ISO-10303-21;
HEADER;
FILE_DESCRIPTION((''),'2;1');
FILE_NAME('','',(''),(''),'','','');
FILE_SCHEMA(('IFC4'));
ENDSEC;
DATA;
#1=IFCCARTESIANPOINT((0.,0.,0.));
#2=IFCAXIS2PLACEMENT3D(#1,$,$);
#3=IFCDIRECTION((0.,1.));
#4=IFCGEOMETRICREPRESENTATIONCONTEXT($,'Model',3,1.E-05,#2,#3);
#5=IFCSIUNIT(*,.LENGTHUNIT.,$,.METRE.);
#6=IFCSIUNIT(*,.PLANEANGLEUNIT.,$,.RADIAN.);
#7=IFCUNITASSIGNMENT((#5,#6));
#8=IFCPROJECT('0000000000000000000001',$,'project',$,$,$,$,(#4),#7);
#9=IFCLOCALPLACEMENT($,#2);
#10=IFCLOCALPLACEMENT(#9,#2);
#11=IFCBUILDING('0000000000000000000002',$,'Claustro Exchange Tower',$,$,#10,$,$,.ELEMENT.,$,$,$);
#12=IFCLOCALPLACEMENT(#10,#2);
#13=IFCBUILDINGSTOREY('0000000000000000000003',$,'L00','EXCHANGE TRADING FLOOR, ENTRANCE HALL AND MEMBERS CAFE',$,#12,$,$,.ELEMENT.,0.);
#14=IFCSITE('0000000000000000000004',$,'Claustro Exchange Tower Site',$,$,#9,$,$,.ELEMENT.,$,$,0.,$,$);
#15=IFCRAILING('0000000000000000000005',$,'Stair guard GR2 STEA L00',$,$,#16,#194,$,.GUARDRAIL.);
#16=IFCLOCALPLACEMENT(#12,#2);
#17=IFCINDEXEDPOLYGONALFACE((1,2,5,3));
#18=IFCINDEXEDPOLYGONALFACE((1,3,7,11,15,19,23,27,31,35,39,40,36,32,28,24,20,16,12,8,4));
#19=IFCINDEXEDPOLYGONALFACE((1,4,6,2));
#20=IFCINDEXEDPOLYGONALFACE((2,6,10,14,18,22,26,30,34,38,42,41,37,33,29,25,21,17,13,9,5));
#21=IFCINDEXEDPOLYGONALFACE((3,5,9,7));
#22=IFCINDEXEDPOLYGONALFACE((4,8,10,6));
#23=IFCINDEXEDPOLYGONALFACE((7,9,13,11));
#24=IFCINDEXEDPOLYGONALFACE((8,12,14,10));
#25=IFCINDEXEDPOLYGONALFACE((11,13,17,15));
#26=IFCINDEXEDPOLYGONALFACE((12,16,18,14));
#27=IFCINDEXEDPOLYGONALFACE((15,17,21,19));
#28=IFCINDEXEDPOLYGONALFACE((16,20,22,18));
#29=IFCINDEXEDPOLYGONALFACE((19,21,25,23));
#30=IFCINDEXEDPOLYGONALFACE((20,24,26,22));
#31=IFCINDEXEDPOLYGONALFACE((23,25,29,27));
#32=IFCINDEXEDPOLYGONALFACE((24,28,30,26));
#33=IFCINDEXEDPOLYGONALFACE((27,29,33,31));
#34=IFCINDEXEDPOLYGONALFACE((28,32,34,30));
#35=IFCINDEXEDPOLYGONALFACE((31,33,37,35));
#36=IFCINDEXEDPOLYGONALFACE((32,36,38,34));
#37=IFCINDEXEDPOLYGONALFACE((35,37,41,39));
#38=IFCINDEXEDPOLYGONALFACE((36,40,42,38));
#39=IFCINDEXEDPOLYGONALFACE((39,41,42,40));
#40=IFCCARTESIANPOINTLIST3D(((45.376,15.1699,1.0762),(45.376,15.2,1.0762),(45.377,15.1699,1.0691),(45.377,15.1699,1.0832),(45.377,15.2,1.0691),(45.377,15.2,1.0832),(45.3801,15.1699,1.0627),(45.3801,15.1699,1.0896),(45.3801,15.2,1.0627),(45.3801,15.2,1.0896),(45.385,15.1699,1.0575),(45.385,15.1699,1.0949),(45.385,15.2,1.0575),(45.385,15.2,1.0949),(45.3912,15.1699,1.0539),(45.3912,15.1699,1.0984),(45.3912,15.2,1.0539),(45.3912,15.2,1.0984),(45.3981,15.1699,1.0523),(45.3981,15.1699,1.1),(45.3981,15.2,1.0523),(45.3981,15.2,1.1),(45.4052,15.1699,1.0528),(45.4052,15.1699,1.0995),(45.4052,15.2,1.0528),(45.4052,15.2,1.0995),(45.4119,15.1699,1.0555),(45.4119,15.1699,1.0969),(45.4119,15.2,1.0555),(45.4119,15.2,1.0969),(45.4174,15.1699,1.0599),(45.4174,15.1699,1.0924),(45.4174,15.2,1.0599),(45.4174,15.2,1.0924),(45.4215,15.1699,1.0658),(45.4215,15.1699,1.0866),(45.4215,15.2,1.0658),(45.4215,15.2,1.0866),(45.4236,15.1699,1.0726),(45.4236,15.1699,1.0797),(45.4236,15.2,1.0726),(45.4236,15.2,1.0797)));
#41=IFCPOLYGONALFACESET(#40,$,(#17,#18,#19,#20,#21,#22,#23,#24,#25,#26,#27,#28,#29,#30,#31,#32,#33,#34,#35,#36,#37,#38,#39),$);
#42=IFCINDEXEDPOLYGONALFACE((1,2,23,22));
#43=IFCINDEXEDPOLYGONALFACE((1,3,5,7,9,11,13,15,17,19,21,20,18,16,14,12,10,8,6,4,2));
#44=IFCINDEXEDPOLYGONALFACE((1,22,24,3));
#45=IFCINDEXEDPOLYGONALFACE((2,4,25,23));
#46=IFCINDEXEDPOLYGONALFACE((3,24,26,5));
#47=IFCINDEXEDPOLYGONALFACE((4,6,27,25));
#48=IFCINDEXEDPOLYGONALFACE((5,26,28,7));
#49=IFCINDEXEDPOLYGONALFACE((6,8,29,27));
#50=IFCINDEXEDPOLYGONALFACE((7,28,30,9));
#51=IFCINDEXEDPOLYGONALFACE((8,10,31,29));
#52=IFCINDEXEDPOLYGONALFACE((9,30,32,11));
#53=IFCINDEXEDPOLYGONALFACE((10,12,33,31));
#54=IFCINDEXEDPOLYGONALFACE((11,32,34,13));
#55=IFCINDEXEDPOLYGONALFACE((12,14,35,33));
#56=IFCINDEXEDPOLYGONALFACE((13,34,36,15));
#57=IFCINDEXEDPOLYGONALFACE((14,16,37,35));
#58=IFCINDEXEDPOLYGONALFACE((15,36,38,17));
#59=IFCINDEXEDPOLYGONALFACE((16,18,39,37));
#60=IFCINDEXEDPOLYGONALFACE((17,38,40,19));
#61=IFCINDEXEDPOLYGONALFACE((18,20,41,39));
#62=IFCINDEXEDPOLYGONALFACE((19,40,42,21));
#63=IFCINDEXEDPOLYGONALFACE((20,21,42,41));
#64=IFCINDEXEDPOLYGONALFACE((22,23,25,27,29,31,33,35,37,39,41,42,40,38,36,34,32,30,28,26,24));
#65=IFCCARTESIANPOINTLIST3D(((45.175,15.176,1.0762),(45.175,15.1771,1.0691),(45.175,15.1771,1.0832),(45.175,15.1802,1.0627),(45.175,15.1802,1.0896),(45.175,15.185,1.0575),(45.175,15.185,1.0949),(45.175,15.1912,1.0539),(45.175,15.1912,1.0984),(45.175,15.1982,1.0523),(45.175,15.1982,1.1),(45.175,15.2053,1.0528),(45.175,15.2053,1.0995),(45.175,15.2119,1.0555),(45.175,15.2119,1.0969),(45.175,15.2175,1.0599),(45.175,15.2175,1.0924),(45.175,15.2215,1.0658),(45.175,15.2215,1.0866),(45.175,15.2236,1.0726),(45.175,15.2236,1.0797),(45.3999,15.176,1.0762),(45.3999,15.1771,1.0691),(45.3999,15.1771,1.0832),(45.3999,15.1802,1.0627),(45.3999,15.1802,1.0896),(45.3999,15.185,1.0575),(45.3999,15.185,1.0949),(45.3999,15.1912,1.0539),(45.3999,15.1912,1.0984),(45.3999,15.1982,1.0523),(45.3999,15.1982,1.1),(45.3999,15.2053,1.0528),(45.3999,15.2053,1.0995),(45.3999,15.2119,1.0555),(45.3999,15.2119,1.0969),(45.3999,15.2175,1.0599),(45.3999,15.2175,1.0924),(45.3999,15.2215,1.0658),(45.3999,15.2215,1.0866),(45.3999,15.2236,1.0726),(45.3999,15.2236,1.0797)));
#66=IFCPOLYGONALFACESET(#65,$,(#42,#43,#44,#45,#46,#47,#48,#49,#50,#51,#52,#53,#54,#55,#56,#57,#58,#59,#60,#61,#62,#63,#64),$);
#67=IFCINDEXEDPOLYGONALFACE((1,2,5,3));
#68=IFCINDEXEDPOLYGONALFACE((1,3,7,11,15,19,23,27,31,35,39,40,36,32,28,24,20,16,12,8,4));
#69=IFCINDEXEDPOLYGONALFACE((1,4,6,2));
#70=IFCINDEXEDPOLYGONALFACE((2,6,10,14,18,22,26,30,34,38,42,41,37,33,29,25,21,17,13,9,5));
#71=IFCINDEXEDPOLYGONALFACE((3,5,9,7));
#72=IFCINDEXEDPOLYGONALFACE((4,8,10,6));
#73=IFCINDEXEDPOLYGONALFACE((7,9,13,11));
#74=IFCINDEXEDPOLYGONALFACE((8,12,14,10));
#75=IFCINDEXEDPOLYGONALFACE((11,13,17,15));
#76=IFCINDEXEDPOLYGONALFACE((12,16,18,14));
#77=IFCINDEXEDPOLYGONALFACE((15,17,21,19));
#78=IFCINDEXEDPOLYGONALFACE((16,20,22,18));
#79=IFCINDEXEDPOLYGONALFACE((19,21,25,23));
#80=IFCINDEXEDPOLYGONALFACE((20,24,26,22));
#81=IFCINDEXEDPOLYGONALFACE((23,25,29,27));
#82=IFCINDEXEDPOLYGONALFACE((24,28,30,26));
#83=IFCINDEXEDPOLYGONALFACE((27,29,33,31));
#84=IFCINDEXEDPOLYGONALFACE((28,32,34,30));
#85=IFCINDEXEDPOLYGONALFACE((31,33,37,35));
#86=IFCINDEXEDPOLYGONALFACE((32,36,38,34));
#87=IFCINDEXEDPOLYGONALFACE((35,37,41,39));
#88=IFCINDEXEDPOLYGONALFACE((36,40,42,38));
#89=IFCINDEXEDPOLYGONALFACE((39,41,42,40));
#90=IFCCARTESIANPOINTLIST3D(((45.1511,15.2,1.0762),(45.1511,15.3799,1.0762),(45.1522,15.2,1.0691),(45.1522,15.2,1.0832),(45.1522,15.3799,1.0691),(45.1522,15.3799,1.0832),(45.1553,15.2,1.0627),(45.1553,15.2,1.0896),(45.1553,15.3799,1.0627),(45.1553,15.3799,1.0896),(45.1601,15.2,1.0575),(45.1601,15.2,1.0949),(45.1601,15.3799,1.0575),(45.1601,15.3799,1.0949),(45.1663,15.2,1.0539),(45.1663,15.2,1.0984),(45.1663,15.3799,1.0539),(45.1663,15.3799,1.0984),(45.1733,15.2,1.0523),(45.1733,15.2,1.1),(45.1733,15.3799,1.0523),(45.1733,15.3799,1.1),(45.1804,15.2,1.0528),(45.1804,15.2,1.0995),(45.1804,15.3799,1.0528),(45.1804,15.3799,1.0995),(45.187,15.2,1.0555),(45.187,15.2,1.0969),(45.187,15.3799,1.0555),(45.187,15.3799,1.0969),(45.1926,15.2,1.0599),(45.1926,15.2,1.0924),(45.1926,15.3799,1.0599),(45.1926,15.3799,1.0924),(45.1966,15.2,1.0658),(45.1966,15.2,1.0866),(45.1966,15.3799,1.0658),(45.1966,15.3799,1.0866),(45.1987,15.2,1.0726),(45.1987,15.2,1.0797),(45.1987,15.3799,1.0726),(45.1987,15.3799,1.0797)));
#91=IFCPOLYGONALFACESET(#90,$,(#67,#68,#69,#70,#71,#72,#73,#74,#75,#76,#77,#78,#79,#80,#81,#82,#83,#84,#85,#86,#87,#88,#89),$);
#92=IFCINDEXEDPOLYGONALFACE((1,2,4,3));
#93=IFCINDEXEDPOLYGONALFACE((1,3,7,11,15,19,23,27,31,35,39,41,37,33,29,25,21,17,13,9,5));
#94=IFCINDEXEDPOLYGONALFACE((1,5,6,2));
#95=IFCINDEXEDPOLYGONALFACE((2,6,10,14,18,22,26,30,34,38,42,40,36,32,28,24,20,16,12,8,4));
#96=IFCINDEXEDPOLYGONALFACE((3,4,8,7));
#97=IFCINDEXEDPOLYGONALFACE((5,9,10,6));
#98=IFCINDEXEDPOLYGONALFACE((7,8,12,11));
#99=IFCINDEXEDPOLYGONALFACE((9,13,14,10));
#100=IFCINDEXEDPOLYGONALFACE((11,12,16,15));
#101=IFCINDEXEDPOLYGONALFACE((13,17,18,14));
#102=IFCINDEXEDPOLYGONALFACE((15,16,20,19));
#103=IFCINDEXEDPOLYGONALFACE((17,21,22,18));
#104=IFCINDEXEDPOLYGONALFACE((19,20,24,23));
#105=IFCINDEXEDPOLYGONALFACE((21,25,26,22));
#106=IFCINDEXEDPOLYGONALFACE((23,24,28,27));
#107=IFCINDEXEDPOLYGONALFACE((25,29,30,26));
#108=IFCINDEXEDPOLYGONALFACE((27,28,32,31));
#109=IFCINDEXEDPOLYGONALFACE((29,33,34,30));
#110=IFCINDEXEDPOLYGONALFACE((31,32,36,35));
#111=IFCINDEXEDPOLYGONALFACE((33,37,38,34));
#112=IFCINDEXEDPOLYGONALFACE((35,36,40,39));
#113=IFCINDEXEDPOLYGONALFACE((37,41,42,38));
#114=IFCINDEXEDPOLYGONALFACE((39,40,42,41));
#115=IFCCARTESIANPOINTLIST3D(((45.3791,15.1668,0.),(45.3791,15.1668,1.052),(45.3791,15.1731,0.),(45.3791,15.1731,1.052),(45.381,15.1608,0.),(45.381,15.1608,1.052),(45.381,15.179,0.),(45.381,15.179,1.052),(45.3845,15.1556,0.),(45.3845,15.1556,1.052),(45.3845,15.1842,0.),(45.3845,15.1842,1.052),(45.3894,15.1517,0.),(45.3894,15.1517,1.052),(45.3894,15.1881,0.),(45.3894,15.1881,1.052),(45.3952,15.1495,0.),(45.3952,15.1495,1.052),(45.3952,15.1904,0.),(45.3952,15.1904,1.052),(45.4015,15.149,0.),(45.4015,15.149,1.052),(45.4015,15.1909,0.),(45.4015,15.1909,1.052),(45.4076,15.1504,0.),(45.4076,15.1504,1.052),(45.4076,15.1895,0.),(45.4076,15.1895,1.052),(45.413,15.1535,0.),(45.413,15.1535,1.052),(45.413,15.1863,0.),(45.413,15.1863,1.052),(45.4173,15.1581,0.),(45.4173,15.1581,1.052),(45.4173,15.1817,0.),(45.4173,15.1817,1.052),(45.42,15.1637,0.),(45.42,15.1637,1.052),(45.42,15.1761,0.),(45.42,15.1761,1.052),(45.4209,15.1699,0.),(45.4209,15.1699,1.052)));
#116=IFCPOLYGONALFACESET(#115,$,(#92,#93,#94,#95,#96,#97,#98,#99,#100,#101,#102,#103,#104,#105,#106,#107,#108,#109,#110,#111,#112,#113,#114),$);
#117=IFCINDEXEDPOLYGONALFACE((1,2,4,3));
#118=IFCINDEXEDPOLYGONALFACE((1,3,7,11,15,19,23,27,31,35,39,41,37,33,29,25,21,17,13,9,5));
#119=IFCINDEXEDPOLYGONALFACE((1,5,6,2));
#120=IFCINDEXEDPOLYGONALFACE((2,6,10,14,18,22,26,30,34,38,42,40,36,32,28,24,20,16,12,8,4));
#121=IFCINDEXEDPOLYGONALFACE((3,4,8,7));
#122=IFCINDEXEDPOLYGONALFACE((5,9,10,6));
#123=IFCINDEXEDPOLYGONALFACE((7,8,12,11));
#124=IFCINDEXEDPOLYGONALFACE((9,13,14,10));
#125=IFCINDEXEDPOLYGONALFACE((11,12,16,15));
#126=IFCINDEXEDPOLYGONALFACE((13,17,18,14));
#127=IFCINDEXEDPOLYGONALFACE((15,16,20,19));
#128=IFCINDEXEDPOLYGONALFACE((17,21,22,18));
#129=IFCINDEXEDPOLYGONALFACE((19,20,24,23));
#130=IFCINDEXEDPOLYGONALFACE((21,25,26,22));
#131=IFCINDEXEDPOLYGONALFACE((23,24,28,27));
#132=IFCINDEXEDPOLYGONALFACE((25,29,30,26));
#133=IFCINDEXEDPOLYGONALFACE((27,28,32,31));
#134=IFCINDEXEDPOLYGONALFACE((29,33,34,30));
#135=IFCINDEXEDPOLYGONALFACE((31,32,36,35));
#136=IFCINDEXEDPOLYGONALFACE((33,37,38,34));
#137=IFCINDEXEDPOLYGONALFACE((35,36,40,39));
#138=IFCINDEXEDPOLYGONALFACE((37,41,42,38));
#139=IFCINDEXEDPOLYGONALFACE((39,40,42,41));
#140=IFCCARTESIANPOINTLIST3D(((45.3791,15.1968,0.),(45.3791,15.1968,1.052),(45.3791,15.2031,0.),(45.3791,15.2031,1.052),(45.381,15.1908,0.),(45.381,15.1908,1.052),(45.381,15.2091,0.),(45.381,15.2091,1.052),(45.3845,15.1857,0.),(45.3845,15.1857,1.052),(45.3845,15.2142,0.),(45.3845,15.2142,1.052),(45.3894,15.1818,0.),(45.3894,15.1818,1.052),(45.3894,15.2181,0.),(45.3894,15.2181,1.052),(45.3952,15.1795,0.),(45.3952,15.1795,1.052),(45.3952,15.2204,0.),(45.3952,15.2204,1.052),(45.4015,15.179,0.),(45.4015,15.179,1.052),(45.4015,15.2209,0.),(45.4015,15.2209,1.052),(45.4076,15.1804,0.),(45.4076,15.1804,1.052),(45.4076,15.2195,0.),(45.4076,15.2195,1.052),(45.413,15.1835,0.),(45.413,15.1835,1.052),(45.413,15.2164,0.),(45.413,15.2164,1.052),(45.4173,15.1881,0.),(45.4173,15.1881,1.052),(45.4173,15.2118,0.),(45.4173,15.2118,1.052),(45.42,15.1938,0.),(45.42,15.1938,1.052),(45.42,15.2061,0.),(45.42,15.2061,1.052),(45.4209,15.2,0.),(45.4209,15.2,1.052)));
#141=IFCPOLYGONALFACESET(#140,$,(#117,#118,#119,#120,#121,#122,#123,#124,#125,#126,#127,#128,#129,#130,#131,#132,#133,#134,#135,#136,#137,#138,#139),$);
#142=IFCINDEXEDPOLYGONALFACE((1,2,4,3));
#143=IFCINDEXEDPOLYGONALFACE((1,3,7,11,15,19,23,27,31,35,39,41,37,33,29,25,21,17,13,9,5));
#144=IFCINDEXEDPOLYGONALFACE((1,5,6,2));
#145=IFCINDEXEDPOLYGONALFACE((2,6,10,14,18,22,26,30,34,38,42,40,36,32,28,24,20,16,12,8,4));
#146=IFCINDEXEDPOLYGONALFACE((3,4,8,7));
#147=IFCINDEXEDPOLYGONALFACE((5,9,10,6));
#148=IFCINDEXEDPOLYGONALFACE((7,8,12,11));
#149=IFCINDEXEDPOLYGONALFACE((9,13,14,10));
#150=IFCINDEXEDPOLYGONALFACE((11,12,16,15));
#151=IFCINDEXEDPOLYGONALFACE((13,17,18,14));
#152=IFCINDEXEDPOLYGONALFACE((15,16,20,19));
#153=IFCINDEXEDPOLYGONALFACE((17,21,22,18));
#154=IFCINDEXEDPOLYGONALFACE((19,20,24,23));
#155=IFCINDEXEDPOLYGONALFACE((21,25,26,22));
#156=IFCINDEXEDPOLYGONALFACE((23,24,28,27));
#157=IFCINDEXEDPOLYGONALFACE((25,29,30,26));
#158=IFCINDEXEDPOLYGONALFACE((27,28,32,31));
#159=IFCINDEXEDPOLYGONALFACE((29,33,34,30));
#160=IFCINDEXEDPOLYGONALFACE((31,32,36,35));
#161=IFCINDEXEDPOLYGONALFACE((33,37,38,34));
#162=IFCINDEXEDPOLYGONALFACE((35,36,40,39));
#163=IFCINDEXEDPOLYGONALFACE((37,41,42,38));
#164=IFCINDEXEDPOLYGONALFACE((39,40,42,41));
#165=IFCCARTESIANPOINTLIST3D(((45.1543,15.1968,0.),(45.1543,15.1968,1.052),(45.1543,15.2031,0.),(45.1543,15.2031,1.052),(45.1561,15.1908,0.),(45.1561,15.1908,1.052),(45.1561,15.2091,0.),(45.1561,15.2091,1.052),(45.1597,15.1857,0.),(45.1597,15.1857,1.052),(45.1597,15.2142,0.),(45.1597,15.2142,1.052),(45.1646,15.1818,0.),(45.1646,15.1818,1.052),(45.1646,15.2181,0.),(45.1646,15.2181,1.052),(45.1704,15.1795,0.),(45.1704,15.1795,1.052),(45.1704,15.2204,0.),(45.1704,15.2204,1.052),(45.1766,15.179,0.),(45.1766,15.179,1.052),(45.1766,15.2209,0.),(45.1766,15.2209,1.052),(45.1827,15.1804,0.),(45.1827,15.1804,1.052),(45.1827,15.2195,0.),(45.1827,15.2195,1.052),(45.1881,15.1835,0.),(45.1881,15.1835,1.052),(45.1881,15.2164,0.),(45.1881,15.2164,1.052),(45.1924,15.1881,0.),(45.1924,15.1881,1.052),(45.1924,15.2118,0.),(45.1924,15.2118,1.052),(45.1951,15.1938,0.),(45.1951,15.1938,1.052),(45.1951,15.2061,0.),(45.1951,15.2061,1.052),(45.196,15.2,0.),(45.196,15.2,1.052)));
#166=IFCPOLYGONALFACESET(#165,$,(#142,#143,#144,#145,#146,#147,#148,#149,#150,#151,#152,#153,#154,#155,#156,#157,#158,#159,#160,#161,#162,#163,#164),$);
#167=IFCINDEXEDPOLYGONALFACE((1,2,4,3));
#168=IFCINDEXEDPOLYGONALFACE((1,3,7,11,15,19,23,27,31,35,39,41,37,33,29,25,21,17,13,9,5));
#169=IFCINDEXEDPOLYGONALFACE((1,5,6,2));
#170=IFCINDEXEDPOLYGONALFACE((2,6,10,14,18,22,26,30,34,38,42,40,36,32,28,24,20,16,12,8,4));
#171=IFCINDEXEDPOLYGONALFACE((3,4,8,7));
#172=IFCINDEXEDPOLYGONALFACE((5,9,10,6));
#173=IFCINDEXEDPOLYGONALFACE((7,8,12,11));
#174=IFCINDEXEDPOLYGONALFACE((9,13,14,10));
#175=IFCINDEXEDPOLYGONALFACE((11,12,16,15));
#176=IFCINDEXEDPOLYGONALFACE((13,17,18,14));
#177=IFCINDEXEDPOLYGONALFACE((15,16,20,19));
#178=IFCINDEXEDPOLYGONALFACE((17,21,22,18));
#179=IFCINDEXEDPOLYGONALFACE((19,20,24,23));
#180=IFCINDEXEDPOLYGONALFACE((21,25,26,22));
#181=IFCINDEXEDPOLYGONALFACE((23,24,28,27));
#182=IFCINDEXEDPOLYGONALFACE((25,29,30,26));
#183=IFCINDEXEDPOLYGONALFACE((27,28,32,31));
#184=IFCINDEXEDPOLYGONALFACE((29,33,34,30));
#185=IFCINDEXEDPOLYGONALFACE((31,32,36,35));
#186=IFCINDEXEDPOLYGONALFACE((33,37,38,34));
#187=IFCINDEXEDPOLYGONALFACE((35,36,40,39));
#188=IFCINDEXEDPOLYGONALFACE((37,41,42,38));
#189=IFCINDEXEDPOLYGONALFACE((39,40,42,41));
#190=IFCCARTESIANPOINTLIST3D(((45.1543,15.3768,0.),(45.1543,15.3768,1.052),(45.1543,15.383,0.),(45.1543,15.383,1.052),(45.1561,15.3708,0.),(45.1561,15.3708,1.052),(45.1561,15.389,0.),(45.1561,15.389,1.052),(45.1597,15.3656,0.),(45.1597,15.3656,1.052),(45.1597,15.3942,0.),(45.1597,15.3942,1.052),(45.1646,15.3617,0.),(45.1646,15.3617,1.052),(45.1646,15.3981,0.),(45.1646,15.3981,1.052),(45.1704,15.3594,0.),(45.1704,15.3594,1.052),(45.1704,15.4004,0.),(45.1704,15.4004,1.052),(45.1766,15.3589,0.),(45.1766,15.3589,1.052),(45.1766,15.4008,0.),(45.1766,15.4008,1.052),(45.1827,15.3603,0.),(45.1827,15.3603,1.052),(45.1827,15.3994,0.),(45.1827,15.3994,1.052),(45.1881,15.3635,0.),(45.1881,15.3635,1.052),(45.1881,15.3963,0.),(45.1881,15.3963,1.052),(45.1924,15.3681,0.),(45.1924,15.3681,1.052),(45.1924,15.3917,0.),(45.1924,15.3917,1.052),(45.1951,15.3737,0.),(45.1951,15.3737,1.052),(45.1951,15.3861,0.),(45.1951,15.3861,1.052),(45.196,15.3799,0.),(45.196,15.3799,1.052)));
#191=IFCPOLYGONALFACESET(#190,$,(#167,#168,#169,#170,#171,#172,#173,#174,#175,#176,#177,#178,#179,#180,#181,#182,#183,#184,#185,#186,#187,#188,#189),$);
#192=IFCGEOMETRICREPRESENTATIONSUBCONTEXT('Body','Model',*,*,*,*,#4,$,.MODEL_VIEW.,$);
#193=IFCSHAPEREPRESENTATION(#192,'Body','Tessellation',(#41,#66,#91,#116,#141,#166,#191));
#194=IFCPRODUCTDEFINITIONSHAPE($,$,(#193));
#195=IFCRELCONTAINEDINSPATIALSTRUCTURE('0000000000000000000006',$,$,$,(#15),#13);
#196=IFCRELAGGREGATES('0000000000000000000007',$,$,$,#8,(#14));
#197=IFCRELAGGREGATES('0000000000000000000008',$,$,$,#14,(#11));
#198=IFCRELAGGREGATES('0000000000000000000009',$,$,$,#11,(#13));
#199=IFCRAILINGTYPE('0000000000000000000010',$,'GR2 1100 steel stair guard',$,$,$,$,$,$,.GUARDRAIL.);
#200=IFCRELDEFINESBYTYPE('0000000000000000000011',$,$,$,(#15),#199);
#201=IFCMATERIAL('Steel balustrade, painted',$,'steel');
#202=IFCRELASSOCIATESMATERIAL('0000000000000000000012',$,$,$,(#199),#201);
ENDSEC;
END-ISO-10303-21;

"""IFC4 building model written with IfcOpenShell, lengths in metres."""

from ifc_helpers import new_model, si_unit, direction, frame, origin, origin_2d, place, context, subcontext, project, spatial, circle, extrude, material, type_object, element, save


model = new_model("IFC4")

# Units and contexts
model_context = context("Model", 3, precision=1e-05, world=origin(), true_north=direction((0.0, 1.0)))
body_context = subcontext(model_context, "Body", "Model", "MODEL_VIEW")
ifc_project = project(units=[si_unit("LENGTHUNIT", "METRE"), si_unit("PLANEANGLEUNIT", "RADIAN")], contexts=[model_context])

# Site, building, storey
site_placement = place(None, origin())
site = spatial("IfcSite", under=ifc_project, at=site_placement, Name="Claustro Exchange Tower Site", CompositionType="ELEMENT", RefElevation=0.0)
building_placement = place(site_placement, origin())
building = spatial("IfcBuilding", under=site, at=building_placement, Name="Claustro Exchange Tower", CompositionType="ELEMENT")
storey_placement = place(building_placement, origin())
storey = spatial("IfcBuildingStorey", under=building, at=storey_placement, Name="L00", Description="EXCHANGE TRADING FLOOR, ENTRANCE HALL AND MEMBERS CAFE", CompositionType="ELEMENT", Elevation=0.0)

# Railing
ifc_material_1 = material(Name="Steel balustrade, painted", Category="steel")
railing_type_1 = type_object("IfcRailingType", Name="GR2 1100 steel stair guard", PredefinedType="GUARDRAIL", material=ifc_material_1)
railing_1_placement = place(storey_placement, frame((45.3999, 15.1699, 0.0)))
element("IfcRailing", 1, at=railing_1_placement, inside=storey, type_object=railing_type_1, Name="Stair guard GR2 STEA L00", PredefinedType="GUARDRAIL", context=body_context, shape_type="SweptSolid", body=[
    extrude(circle(Radius=0.0239, at=origin_2d()), frame((0.0, 0.0, 1.0762), z_axis=(0.0, 1.0, 0.0), x_axis=(-1.0, 0.0, 0.0)), (0.0, 0.0, 1.0), 0.03),
    extrude(circle(Radius=0.0239, at=origin_2d()), frame((0.0, 0.03, 1.0762), z_axis=(-1.0, 0.0, 0.0), x_axis=(0.0, -1.0, 0.0)), (0.0, 0.0, 1.0), 0.2249),
    extrude(circle(Radius=0.0239, at=origin_2d()), frame((-0.2249, 0.03, 1.0762), z_axis=(0.0, 1.0, 0.0), x_axis=(-1.0, 0.0, 0.0)), (0.0, 0.0, 1.0), 0.1799),
    extrude(circle(Radius=0.021, at=origin_2d()), origin(), (0.0, 0.0, 1.0), 1.052),
    extrude(circle(Radius=0.021, at=origin_2d()), frame((0.0, 0.03, 0.0)), (0.0, 0.0, 1.0), 1.052),
    extrude(circle(Radius=0.021, at=origin_2d()), frame((-0.2249, 0.03, 0.0)), (0.0, 0.0, 1.0), 1.052),
    extrude(circle(Radius=0.021, at=origin_2d()), frame((-0.2249, 0.21, 0.0)), (0.0, 0.0, 1.0), 1.052),
])

save(model, "model.ifc")
